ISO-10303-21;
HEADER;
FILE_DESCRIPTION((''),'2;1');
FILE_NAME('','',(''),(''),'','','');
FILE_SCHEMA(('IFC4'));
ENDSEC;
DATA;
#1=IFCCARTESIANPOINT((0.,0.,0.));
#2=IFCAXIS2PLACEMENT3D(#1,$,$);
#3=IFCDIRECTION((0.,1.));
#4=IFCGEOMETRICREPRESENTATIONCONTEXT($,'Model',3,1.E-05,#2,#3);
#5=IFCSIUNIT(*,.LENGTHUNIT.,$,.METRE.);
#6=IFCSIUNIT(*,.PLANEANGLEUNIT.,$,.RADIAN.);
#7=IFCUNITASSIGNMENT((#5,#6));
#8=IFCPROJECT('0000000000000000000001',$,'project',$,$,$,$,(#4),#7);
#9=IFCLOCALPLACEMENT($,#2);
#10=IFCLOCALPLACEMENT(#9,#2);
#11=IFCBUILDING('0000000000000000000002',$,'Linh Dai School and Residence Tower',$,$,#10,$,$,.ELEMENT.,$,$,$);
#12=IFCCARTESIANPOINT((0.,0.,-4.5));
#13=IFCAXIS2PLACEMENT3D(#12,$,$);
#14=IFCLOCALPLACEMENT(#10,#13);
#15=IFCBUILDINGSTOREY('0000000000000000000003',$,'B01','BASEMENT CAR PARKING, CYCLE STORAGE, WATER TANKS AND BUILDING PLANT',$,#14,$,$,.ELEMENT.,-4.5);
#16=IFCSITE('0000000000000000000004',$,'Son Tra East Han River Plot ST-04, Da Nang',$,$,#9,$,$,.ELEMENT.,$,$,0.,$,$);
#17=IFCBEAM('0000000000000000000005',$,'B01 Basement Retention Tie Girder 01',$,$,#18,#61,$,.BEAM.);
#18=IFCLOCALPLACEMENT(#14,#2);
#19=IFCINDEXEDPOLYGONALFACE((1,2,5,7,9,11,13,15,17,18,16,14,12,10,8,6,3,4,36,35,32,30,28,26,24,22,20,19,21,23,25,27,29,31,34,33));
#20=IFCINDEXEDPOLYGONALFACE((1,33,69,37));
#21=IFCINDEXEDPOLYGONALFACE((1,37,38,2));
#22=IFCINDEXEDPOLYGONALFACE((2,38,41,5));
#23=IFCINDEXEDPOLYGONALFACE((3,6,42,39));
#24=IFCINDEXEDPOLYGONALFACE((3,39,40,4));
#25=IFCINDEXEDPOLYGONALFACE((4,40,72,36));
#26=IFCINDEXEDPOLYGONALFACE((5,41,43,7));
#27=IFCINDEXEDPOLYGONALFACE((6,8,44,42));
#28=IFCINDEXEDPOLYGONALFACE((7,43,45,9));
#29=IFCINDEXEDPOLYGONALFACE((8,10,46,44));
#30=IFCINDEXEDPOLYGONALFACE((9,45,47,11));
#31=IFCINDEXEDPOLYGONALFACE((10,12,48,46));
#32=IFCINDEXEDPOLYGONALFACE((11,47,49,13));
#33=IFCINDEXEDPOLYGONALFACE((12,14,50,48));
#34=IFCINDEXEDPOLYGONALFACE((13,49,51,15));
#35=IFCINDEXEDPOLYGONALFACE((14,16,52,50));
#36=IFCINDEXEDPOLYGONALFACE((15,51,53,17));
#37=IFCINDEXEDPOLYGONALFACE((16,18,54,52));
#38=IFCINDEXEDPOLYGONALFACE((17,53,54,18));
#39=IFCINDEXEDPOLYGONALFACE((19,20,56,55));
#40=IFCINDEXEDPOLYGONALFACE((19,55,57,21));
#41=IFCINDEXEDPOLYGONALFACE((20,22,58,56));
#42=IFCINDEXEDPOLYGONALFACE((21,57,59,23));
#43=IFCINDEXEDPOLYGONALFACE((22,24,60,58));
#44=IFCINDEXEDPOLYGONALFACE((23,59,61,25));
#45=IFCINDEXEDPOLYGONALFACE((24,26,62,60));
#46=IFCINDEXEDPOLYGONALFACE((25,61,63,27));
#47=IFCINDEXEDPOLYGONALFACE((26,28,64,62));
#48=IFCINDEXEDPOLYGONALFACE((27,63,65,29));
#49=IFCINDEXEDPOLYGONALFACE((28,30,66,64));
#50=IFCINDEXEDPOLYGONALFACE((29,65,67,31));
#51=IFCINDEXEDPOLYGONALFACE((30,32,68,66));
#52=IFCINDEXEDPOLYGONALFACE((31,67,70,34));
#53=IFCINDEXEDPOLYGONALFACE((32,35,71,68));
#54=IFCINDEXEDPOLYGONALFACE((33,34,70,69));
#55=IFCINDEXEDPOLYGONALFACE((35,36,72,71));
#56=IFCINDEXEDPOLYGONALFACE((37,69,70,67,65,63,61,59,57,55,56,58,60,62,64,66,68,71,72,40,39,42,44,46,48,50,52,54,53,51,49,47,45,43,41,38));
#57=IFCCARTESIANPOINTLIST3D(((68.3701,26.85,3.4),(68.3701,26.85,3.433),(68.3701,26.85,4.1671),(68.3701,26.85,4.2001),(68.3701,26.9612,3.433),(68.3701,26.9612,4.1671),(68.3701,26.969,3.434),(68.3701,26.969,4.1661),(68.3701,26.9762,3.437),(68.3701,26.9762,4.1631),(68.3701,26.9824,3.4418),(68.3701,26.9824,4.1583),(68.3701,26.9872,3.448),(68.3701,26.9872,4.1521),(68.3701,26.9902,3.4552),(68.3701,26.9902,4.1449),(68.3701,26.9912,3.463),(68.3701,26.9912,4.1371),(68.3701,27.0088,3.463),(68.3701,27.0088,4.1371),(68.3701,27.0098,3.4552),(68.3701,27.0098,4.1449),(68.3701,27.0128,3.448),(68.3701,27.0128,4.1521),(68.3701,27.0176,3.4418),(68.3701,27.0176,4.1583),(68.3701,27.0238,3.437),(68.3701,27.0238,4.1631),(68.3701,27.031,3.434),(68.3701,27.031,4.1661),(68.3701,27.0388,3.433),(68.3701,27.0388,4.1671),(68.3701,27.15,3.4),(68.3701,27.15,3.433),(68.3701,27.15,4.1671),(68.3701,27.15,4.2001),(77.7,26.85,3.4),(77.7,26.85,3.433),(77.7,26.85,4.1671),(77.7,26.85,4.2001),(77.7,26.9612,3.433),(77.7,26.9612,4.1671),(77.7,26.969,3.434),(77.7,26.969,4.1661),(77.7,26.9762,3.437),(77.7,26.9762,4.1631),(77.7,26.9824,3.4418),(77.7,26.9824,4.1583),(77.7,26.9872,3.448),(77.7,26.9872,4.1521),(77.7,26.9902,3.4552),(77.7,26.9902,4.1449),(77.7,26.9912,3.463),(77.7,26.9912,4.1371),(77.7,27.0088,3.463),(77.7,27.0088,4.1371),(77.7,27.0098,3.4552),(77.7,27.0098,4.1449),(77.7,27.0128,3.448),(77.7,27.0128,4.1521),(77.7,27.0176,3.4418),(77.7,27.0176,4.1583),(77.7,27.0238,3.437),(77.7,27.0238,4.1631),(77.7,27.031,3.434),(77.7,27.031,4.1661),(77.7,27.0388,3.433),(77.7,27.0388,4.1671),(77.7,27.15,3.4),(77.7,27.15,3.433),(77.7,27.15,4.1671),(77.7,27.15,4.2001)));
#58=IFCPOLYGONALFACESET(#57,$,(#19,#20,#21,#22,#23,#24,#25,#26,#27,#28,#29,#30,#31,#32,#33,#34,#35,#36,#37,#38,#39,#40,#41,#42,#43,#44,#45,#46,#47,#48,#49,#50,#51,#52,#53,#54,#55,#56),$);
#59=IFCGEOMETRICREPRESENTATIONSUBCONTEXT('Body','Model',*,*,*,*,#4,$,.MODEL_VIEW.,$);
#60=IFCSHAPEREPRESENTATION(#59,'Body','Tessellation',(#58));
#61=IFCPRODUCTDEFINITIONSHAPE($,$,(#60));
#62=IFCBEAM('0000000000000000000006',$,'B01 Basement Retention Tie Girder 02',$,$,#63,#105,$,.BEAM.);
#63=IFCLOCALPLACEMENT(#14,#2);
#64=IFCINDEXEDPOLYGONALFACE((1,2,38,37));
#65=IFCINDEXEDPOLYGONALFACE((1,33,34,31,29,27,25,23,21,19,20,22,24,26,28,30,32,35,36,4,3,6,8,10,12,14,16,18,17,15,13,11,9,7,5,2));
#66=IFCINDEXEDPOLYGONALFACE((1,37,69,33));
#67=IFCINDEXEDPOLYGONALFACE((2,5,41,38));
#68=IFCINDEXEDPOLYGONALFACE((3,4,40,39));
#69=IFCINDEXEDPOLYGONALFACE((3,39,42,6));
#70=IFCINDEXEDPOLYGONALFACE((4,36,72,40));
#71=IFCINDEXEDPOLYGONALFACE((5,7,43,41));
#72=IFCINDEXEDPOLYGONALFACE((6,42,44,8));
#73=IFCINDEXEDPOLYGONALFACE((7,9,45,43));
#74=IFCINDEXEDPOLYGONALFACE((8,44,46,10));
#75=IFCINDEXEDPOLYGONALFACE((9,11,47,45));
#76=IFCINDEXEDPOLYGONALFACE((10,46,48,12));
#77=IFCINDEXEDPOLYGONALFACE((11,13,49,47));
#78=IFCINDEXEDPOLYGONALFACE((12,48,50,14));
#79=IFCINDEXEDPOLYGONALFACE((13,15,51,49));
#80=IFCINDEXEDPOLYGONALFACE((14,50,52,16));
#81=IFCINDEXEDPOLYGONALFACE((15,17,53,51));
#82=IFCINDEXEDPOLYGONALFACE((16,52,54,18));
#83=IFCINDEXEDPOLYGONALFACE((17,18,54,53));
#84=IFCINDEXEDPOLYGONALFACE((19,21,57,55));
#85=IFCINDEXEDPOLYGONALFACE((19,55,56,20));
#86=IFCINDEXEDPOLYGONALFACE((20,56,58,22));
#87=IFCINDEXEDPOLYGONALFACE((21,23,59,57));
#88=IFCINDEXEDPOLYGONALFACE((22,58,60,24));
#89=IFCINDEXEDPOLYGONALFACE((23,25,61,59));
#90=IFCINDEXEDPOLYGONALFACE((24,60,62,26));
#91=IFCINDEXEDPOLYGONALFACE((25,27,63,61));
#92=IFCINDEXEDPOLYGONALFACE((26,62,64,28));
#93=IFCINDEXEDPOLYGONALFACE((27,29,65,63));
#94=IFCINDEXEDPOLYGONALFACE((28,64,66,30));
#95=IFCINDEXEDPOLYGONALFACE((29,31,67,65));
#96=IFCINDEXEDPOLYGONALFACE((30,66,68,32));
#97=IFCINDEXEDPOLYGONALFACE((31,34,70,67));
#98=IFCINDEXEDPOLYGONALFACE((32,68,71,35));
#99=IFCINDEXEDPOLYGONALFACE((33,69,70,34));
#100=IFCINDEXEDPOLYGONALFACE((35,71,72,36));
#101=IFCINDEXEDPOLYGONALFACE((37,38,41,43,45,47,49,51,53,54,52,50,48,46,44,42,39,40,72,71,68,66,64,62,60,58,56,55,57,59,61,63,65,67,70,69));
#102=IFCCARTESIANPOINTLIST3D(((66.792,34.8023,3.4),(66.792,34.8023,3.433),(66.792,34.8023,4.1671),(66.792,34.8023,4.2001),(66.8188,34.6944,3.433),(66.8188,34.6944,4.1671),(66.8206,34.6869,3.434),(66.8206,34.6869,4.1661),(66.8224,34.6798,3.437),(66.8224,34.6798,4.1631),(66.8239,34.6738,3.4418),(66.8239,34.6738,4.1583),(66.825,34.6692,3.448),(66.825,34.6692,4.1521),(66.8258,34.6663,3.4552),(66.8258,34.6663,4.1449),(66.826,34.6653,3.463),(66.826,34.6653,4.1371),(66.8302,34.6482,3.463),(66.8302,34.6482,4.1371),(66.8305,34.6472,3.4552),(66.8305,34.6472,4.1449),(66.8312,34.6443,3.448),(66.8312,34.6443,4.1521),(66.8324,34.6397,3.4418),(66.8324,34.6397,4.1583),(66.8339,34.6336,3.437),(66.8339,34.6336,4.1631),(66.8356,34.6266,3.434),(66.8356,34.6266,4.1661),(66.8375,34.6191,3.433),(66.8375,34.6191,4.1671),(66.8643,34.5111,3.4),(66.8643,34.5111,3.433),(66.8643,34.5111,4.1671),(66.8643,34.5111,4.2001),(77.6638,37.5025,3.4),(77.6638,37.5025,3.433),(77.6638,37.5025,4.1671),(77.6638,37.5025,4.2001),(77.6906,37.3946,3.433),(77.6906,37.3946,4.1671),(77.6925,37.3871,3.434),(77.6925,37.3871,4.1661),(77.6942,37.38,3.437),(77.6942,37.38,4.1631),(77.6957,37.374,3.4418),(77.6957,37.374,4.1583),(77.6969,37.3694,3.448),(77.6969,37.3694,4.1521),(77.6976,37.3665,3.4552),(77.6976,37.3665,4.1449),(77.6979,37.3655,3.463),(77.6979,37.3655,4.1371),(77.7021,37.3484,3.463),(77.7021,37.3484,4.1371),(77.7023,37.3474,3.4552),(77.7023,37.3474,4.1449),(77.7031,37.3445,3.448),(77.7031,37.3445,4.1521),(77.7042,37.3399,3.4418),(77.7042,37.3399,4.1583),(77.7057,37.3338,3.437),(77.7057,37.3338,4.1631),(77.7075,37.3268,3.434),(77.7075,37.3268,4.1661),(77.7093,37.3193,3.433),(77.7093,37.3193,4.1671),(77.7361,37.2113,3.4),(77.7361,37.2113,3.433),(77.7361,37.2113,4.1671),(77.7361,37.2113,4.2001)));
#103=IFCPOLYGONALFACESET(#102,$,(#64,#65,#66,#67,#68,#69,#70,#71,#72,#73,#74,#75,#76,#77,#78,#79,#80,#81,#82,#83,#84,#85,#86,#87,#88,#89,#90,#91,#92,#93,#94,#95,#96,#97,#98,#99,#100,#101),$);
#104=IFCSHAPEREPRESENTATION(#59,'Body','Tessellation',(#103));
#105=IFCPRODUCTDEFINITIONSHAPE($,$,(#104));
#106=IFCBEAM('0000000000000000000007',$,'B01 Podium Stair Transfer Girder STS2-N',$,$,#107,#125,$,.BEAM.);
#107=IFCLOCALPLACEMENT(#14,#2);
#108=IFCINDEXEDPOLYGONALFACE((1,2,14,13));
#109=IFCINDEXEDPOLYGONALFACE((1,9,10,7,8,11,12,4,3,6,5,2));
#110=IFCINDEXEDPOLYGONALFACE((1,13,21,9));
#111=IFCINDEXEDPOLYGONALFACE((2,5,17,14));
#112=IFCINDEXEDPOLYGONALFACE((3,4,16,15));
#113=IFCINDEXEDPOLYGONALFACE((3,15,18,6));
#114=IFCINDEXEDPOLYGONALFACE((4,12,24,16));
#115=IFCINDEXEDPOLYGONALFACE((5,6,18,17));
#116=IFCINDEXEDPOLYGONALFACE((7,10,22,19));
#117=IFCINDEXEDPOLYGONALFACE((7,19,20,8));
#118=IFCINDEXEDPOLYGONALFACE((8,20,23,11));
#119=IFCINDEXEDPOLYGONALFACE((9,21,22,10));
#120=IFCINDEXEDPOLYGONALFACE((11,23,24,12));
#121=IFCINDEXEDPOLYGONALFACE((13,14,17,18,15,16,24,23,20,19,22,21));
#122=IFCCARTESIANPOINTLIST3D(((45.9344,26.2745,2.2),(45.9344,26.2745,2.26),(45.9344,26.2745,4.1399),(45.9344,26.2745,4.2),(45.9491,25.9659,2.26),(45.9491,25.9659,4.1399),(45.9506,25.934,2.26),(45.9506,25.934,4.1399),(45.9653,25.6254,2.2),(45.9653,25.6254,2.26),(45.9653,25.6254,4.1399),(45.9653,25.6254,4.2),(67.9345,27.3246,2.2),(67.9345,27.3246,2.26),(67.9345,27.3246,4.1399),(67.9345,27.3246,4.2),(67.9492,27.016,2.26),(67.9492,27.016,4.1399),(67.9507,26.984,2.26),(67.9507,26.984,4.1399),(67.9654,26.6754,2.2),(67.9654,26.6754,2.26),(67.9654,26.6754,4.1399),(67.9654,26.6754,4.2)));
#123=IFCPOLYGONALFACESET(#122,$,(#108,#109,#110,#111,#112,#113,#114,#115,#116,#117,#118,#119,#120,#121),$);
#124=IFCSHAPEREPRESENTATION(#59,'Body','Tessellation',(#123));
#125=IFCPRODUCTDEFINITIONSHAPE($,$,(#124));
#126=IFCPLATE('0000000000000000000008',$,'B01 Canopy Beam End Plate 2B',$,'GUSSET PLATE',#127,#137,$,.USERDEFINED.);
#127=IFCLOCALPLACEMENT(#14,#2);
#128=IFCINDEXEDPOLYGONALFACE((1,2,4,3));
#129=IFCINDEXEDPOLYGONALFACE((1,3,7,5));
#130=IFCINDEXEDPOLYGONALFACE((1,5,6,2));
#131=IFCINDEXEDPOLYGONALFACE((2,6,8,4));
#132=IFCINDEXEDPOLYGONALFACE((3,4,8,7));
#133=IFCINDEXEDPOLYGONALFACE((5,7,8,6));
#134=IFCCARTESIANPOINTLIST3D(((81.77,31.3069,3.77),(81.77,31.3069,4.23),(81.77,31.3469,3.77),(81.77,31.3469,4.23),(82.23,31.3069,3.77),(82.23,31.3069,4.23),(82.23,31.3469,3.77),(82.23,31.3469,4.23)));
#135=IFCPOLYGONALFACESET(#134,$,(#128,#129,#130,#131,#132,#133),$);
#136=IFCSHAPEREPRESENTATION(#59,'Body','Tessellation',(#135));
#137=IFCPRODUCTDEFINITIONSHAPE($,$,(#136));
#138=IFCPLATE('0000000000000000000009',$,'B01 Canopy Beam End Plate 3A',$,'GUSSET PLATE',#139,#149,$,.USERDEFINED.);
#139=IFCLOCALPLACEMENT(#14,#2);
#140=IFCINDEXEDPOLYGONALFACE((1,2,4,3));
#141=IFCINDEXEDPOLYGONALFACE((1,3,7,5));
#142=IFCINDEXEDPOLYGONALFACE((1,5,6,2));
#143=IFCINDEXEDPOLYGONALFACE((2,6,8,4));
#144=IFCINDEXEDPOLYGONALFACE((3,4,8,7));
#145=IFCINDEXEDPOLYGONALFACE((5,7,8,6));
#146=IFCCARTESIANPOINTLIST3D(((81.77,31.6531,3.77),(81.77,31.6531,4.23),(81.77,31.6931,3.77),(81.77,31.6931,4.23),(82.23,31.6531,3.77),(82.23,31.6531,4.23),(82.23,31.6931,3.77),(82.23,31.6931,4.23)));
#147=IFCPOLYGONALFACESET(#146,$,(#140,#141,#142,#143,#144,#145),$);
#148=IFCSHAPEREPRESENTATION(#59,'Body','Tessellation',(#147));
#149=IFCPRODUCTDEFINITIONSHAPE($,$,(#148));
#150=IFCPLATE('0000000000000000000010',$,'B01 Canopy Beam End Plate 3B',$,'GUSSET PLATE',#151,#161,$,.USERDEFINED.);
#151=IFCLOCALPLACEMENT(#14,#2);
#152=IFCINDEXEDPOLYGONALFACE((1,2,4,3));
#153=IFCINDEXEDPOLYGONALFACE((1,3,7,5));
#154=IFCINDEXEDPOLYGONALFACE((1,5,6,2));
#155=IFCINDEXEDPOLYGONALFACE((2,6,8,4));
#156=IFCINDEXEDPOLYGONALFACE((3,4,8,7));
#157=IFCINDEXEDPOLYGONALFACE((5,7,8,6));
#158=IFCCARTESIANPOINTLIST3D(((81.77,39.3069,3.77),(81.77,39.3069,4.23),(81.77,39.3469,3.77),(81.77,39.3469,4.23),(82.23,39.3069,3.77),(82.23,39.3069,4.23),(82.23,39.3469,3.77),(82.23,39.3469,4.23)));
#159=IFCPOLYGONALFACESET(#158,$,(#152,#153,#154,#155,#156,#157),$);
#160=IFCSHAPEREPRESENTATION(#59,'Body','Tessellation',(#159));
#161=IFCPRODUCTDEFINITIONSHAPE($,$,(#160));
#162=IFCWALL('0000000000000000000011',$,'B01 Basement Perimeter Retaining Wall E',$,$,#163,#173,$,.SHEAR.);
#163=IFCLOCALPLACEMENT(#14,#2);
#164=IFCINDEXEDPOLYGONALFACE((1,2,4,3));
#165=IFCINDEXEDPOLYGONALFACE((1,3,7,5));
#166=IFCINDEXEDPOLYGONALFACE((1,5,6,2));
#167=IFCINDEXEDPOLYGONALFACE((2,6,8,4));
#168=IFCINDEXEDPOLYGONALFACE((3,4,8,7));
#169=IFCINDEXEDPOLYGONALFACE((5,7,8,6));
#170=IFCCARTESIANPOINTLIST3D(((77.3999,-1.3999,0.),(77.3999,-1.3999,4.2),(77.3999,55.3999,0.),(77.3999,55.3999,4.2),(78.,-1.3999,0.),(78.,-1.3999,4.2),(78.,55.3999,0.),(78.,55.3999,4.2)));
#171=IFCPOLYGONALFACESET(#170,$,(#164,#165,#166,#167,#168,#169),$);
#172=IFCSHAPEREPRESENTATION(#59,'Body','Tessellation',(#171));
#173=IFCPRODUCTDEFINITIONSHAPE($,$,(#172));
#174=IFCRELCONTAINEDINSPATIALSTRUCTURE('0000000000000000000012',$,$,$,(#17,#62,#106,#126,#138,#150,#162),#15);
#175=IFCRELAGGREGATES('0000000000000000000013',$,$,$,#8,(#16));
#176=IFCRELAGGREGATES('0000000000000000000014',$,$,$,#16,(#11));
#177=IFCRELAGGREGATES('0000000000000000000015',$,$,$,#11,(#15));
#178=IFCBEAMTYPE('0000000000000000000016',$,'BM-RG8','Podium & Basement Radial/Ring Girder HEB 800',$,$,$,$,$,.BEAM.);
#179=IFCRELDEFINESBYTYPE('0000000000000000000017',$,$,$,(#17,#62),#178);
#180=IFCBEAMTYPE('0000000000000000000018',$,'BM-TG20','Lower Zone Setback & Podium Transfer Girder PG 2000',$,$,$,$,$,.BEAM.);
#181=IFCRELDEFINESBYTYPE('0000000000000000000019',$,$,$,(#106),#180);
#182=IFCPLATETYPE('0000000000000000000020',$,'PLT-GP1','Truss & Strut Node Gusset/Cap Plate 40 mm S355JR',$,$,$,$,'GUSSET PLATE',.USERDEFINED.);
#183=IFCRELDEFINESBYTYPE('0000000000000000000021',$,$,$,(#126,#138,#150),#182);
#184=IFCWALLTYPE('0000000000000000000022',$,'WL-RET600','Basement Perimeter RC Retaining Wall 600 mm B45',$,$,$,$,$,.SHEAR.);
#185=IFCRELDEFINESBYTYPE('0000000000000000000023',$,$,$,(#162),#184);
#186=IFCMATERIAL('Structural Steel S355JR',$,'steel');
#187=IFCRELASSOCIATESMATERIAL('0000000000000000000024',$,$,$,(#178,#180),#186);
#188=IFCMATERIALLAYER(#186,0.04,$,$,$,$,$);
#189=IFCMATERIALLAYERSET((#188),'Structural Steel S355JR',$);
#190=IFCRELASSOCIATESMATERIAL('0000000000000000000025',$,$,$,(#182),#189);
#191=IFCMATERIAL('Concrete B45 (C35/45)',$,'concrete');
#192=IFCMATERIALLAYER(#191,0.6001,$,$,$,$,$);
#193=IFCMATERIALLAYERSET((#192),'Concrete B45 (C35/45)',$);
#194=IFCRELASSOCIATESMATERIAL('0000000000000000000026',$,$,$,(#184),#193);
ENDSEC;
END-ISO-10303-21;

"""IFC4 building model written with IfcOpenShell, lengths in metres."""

from ifc_helpers import new_model, si_unit, direction, frame, frame_2d, origin, origin_2d, place, context, subcontext, project, spatial, rectangle, i_section, extrude, source, transform, mapped, material, layer, layer_set, material_profile, profile_set, type_object, element, save


model = new_model("IFC4")

# Units and contexts
model_context = context("Model", 3, precision=1e-05, world=origin(), true_north=direction((0.0, 1.0)))
body_context = subcontext(model_context, "Body", "Model", "MODEL_VIEW")
ifc_project = project(units=[si_unit("LENGTHUNIT", "METRE"), si_unit("PLANEANGLEUNIT", "RADIAN")], contexts=[model_context])

# Site, building, storey
site_placement = place(None, origin())
site = spatial("IfcSite", under=ifc_project, at=site_placement, Name="Son Tra East Han River Plot ST-04, Da Nang", CompositionType="ELEMENT", RefElevation=0.0)
building_placement = place(site_placement, origin())
building = spatial("IfcBuilding", under=site, at=building_placement, Name="Linh Dai School and Residence Tower", CompositionType="ELEMENT")
storey_placement = place(building_placement, frame((0.0, 0.0, -4.5)))
storey = spatial("IfcBuildingStorey", under=building, at=storey_placement, Name="B01", Description="BASEMENT CAR PARKING, CYCLE STORAGE, WATER TANKS AND BUILDING PLANT", CompositionType="ELEMENT", Elevation=-4.5)

# Shared definitions
ifc_material_1 = material(Name="Structural Steel S355JR", Category="steel")

# Beams
ifc_material_profile_1 = material_profile(ifc_material_1, i_section(OverallWidth=0.3, OverallDepth=0.8, WebThickness=0.0176, FlangeThickness=0.033, FilletRadius=0.03, at=origin_2d()), Name="HEB 800")
ifc_profile_set_1 = profile_set([ifc_material_profile_1], Name="Structural Steel S355JR")
beam_type_1 = type_object("IfcBeamType", Name="BM-RG8", Description="Podium & Basement Radial/Ring Girder HEB 800", PredefinedType="BEAM", material=ifc_profile_set_1)
beam_1_placement = place(storey_placement, frame((68.3701, 27.0, 3.8), z_axis=(1.0, 0.0, 0.0), x_axis=(0.0, 1.0, 0.0)))
element("IfcBeam", 1, at=beam_1_placement, inside=storey, type_object=beam_type_1, Name="B01 Basement Retention Tie Girder 01", PredefinedType="BEAM", context=body_context, shape_type="SweptSolid", body=[
    extrude(i_section(OverallWidth=0.3, OverallDepth=0.8, WebThickness=0.0176, FlangeThickness=0.033, FilletRadius=0.03, at=origin_2d()), origin(), (0.0, 0.0, 1.0), 9.3298),
])
beam_2_placement = place(storey_placement, frame((66.8281, 34.6567, 3.8), z_axis=(0.970514, 0.241043, 0.0), x_axis=(-0.241043, 0.970514, 0.0)))
element("IfcBeam", 2, at=beam_2_placement, inside=storey, type_object=beam_type_1, Name="B01 Basement Retention Tie Girder 02", PredefinedType="BEAM", context=body_context, shape_type="SweptSolid", body=[
    extrude(i_section(OverallWidth=0.3, OverallDepth=0.8, WebThickness=0.0176, FlangeThickness=0.033, FilletRadius=0.03, at=origin_2d()), origin(), (0.0, 0.0, 1.0), 11.2021),
])
ifc_material_profile_2 = material_profile(ifc_material_1, i_section(OverallWidth=0.6499, OverallDepth=2.0, WebThickness=0.032, FlangeThickness=0.0601, at=origin_2d()), Name="PG 2000x650x32x60")
ifc_profile_set_2 = profile_set([ifc_material_profile_2], Name="Structural Steel S355JR")
beam_type_2 = type_object("IfcBeamType", Name="BM-TG20", Description="Lower Zone Setback & Podium Transfer Girder PG 2000", PredefinedType="BEAM", material=ifc_profile_set_2)
beam_3_placement = place(storey_placement, frame((67.95, 27.0, 3.2), z_axis=(-0.998863, -0.047675, 0.0), x_axis=(0.047675, -0.998863, 0.0)))
element("IfcBeam", 3, at=beam_3_placement, inside=storey, type_object=beam_type_2, Name="B01 Podium Stair Transfer Girder STS2-N", PredefinedType="BEAM", context=body_context, shape_type="SweptSolid", body=[
    extrude(i_section(OverallWidth=0.6499, OverallDepth=2.0, WebThickness=0.032, FlangeThickness=0.0601, at=origin_2d()), origin(), (0.0, 0.0, 1.0), 22.0251),
])

# Plates
ifc_layer_1 = layer(ifc_material_1, 0.04)
ifc_layer_set_1 = layer_set([ifc_layer_1], Name="Structural Steel S355JR")
plate_type = type_object("IfcPlateType", Name="PLT-GP1", Description="Truss & Strut Node Gusset/Cap Plate 40 mm S355JR", ElementType="GUSSET PLATE", PredefinedType="USERDEFINED", material=ifc_layer_set_1)
shared_shape = source(origin(), body_context, "Body", "SweptSolid", [
    extrude(rectangle(XDim=0.46, YDim=0.04, at=origin_2d()), origin(), (0.0, 0.0, 1.0), 0.46),
])
for number, where, z_axis, x_axis, name in (
    (4, (82.0, 31.3269, 3.77), (0.0, 0.0, 1.0), (1.0, 0.0, 0.0), "B01 Canopy Beam End Plate 2B"),
    (5, (82.0, 31.6731, 3.77), (0.0, 0.0, 1.0), (1.0, 0.0, 0.0), "B01 Canopy Beam End Plate 3A"),
    (6, (82.0, 39.3269, 3.77), (0.0, 0.0, 1.0), (1.0, 0.0, 0.0), "B01 Canopy Beam End Plate 3B"),
):
    element("IfcPlate", number, at=place(storey_placement, frame(where, z_axis=z_axis, x_axis=x_axis)), inside=storey, type_object=plate_type, Name=name, ObjectType="GUSSET PLATE", PredefinedType="USERDEFINED", context=body_context, shape_type="MappedRepresentation", body=[
        mapped(shared_shape, transform((0.0, 0.0, 0.0), x_axis=(1.0, 0.0, 0.0), y_axis=(0.0, 1.0, 0.0), z_axis=(0.0, 0.0, 1.0), scale=1.0)),
    ])

# Wall
ifc_material_2 = material(Name="Concrete B45 (C35/45)", Category="concrete")
ifc_layer_2 = layer(ifc_material_2, 0.6001)
ifc_layer_set_2 = layer_set([ifc_layer_2], Name="Concrete B45 (C35/45)")
wall_type = type_object("IfcWallType", Name="WL-RET600", Description="Basement Perimeter RC Retaining Wall 600 mm B45", PredefinedType="SHEAR", material=ifc_layer_set_2)
wall_placement = place(storey_placement, frame((77.7, 55.3999, 0.0), z_axis=(0.0, 0.0, 1.0), x_axis=(0.0, -1.0, 0.0)))
element("IfcWall", 7, at=wall_placement, inside=storey, type_object=wall_type, Name="B01 Basement Perimeter Retaining Wall E", PredefinedType="SHEAR", context=body_context, shape_type="SweptSolid", body=[
    extrude(rectangle(XDim=56.7998, YDim=0.6001, at=frame_2d((28.3999, 0.0))), origin(), (0.0, 0.0, 1.0), 4.2),
])

save(model, "model.ifc")
